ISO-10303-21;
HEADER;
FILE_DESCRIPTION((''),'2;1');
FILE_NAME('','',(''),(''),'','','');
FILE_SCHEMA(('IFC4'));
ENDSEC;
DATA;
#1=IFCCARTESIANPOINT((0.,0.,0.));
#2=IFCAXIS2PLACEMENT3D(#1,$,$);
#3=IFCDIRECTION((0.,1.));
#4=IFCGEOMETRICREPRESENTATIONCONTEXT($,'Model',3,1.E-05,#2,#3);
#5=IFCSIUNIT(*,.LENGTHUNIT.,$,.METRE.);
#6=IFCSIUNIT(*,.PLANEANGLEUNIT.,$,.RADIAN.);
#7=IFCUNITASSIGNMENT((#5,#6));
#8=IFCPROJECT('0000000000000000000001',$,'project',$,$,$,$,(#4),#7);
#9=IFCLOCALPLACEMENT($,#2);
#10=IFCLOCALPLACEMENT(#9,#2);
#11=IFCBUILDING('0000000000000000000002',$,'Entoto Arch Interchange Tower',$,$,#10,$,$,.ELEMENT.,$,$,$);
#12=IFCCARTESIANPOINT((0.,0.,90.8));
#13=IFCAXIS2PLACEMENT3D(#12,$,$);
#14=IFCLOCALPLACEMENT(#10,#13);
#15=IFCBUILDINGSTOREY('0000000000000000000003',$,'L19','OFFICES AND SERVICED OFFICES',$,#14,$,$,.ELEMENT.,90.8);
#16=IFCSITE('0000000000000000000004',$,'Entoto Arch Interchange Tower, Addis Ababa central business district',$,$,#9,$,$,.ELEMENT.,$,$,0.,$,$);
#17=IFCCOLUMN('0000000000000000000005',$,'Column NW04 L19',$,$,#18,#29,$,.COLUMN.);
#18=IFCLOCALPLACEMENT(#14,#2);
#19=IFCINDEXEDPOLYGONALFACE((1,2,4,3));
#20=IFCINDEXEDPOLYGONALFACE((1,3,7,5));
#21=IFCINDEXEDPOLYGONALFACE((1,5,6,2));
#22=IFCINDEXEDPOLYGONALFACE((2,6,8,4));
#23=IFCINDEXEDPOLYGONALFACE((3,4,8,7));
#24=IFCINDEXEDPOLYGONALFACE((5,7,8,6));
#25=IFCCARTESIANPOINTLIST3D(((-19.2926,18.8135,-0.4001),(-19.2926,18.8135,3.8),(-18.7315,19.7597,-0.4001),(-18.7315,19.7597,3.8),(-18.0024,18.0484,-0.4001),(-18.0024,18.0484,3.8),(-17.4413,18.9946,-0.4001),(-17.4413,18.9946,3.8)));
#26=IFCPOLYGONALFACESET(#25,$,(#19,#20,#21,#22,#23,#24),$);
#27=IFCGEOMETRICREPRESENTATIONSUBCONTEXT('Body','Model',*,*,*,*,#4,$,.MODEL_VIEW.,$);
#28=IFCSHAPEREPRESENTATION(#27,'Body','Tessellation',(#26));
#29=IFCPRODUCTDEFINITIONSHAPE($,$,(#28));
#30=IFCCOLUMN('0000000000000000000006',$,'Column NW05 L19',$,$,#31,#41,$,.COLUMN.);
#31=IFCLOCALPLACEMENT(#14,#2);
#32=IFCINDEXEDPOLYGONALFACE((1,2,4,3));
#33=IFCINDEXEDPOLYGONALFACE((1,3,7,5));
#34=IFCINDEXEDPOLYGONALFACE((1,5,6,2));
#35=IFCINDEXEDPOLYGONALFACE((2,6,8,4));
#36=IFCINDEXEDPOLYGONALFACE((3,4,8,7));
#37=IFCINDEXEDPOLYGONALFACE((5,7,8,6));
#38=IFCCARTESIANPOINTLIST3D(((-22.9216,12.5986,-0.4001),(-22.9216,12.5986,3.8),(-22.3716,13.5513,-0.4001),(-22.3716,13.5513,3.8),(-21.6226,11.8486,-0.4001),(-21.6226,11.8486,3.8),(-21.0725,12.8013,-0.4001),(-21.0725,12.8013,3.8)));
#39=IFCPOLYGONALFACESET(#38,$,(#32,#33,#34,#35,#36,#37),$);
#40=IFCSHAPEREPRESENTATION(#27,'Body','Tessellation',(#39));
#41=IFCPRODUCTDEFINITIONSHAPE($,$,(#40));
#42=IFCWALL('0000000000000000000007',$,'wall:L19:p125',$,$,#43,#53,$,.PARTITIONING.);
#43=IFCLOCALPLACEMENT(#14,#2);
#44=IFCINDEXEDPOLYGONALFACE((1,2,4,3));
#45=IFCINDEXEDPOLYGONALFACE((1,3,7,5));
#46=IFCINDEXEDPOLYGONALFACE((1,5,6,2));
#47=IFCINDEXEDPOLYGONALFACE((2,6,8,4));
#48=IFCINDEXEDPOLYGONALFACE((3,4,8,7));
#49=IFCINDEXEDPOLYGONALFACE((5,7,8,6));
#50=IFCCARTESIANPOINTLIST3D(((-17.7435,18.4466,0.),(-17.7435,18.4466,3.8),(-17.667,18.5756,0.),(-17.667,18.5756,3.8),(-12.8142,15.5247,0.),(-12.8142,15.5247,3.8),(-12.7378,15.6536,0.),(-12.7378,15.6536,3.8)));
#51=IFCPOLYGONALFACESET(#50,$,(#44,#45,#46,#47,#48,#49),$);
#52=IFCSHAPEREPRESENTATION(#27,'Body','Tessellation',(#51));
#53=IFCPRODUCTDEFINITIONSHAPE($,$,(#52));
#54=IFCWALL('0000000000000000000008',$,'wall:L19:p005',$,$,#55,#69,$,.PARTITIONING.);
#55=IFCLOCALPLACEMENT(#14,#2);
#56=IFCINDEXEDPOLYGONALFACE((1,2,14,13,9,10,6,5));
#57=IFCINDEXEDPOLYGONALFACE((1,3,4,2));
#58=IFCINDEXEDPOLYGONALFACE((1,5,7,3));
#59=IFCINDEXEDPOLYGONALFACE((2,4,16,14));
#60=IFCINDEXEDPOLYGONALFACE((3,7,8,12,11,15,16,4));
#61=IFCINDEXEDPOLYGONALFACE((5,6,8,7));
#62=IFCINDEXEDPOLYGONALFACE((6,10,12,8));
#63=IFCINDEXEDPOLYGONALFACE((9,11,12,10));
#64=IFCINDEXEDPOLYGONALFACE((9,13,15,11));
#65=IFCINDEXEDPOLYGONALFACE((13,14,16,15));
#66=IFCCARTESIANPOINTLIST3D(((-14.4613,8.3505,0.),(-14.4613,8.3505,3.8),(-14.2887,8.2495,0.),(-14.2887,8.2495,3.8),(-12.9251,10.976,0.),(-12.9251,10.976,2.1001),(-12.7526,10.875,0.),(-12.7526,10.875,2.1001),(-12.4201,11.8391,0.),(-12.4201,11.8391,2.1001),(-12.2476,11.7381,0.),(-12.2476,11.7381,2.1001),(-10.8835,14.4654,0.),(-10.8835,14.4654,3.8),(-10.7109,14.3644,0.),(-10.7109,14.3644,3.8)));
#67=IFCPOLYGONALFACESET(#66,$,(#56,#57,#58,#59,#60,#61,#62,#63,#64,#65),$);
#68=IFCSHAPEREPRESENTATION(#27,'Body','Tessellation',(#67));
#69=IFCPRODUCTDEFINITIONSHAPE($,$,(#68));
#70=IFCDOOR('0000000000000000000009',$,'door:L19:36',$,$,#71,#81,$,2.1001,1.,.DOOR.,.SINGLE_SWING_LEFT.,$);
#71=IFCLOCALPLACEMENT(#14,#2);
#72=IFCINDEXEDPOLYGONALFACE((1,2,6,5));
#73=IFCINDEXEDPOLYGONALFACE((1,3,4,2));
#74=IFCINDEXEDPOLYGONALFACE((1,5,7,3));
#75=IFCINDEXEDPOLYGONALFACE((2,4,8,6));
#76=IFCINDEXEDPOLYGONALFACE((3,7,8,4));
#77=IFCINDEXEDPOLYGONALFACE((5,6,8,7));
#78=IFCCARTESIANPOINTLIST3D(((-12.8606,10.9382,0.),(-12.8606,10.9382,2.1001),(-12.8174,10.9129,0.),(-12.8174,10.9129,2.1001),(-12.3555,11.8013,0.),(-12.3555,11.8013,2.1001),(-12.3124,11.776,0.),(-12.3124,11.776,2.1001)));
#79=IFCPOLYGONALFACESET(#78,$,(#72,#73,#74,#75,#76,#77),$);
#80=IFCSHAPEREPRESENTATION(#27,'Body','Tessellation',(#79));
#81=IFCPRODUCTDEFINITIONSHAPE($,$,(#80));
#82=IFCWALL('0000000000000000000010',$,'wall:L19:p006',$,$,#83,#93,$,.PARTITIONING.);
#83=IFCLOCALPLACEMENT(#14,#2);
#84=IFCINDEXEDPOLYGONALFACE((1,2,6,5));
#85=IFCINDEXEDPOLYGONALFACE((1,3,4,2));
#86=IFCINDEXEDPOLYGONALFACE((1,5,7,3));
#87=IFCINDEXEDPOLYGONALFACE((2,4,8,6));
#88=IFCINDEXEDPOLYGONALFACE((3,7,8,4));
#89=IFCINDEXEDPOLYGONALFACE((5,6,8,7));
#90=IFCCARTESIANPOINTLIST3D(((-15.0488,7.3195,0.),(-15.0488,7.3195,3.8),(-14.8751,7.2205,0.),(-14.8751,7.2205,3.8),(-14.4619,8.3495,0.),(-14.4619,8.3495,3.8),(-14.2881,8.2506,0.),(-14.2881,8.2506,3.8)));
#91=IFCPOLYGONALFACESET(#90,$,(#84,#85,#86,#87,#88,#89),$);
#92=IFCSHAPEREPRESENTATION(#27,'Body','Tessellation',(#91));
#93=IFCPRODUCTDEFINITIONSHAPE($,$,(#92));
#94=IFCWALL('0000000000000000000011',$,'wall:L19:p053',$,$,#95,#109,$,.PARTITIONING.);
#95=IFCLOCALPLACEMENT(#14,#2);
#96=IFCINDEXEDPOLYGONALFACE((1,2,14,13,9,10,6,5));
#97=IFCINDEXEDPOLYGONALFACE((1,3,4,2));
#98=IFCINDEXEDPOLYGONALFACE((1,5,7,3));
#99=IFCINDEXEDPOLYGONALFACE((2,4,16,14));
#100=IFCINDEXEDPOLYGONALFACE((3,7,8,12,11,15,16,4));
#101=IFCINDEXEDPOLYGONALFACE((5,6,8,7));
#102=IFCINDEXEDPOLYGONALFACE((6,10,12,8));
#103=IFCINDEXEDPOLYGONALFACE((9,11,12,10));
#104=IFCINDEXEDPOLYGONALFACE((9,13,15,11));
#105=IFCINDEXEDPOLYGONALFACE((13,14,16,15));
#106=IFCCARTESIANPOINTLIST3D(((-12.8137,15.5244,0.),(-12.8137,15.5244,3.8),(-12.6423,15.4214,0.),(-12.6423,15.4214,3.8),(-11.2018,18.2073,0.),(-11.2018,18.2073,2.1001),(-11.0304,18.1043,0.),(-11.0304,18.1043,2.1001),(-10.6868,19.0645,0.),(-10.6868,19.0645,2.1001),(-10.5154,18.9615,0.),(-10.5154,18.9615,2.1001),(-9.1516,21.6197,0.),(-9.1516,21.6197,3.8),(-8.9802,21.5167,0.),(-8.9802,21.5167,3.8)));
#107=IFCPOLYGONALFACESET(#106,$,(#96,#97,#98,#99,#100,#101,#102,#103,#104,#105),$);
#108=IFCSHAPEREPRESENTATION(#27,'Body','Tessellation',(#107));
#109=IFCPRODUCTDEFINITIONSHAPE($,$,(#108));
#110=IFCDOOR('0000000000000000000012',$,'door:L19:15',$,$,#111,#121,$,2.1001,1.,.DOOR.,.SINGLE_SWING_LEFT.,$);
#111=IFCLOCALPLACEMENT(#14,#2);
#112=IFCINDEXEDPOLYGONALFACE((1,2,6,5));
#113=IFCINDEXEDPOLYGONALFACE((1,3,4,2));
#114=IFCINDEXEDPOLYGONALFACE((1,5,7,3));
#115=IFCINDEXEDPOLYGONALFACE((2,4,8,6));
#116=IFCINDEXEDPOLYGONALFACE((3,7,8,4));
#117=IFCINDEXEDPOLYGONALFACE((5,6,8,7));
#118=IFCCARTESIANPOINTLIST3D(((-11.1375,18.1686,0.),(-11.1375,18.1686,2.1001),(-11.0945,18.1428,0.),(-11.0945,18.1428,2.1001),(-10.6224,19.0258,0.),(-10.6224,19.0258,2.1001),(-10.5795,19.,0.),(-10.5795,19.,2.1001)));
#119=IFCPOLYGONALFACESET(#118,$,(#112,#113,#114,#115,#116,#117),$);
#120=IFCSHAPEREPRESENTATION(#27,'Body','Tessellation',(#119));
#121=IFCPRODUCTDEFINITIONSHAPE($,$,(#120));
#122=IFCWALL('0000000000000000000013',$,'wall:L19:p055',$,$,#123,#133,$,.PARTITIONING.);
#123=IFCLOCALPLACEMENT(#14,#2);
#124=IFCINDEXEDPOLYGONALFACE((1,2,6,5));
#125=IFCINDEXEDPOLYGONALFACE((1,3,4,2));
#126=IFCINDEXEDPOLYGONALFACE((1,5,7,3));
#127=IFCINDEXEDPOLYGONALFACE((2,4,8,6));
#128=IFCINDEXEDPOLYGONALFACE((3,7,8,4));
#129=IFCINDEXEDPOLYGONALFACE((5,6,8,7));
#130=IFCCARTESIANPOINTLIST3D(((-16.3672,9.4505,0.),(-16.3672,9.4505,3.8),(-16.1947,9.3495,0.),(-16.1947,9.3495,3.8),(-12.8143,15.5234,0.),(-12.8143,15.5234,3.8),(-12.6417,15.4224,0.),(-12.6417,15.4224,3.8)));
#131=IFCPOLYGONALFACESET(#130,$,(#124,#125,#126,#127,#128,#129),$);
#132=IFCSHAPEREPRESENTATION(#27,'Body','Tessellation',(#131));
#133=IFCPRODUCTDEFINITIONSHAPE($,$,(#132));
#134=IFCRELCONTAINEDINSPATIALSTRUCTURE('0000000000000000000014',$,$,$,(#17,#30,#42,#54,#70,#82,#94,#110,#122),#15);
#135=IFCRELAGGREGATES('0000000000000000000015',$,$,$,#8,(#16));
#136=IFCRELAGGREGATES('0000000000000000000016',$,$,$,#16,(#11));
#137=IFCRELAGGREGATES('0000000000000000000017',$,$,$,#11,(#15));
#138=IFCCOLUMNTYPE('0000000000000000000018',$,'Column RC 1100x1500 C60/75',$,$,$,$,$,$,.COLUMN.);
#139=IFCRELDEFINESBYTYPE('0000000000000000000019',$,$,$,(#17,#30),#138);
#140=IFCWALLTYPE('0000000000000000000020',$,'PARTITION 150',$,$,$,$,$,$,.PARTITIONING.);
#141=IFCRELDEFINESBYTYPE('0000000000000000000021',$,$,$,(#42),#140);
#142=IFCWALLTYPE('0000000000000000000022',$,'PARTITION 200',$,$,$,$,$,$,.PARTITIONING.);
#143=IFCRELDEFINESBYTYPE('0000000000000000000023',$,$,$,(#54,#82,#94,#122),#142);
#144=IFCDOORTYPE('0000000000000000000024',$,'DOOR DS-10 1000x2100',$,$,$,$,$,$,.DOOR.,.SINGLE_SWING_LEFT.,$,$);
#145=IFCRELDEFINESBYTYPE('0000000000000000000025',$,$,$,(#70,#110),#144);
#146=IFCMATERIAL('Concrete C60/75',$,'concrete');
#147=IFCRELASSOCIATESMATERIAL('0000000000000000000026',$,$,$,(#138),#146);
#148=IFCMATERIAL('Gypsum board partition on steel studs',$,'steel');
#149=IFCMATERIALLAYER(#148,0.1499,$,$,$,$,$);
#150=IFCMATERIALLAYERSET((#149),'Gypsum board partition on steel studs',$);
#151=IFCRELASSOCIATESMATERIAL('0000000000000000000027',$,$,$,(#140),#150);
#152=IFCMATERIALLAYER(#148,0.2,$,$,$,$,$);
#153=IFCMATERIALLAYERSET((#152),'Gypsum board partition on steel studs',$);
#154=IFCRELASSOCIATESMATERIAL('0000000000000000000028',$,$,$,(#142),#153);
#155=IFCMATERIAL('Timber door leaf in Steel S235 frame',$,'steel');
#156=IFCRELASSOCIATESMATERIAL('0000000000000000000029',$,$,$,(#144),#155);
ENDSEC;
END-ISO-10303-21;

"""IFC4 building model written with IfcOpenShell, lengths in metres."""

from ifc_helpers import new_model, si_unit, direction, frame, frame_2d, origin, origin_2d, place, context, subcontext, project, spatial, rectangle, extrude, material, layer, layer_set, material_profile, profile_set, type_object, element, fill, save


model = new_model("IFC4")

# Units and contexts
model_context = context("Model", 3, precision=1e-05, world=origin(), true_north=direction((0.0, 1.0)))
body_context = subcontext(model_context, "Body", "Model", "MODEL_VIEW")
ifc_project = project(units=[si_unit("LENGTHUNIT", "METRE"), si_unit("PLANEANGLEUNIT", "RADIAN")], contexts=[model_context])

# Site, building, storey
site_placement = place(None, origin())
site = spatial("IfcSite", under=ifc_project, at=site_placement, Name="Entoto Arch Interchange Tower, Addis Ababa central business district", CompositionType="ELEMENT", RefElevation=0.0)
building_placement = place(site_placement, origin())
building = spatial("IfcBuilding", under=site, at=building_placement, Name="Entoto Arch Interchange Tower", CompositionType="ELEMENT")
storey_placement = place(building_placement, frame((0.0, 0.0, 90.8)))
storey = spatial("IfcBuildingStorey", under=building, at=storey_placement, Name="L19", Description="OFFICES AND SERVICED OFFICES", CompositionType="ELEMENT", Elevation=90.8)

# Columns
ifc_material_1 = material(Name="Concrete C60/75", Category="concrete")
ifc_material_profile = material_profile(ifc_material_1, rectangle(XDim=1.1001, YDim=1.5, at=origin_2d()))
ifc_profile_set = profile_set([ifc_material_profile], Name="Concrete C60/75")
column_type = type_object("IfcColumnType", Name="Column RC 1100x1500 C60/75", PredefinedType="COLUMN", material=ifc_profile_set)
for number, where, z_axis, x_axis, name in (
    (1, (-18.3669, 18.9041, -0.4001), (0.0, 0.0, 1.0), (0.510093, 0.860119, 0.0), "Column NW04 L19"),
    (2, (-21.9971, 12.7, -0.4001), (0.0, 0.0, 1.0), (0.5, 0.866025, 0.0), "Column NW05 L19"),
):
    element("IfcColumn", number, at=place(storey_placement, frame(where, z_axis=z_axis, x_axis=x_axis)), inside=storey, type_object=column_type, Name=name, PredefinedType="COLUMN", context=body_context, shape_type="SweptSolid", body=[
        extrude(rectangle(XDim=1.1001, YDim=1.5, at=origin_2d()), origin(), (0.0, 0.0, 1.0), 4.2002),
    ])

# Wall
ifc_material_2 = material(Name="Gypsum board partition on steel studs", Category="steel")
ifc_layer_1 = layer(ifc_material_2, 0.1499)
ifc_layer_set_1 = layer_set([ifc_layer_1], Name="Gypsum board partition on steel studs")
wall_type_1 = type_object("IfcWallType", Name="PARTITION 150", PredefinedType="PARTITIONING", material=ifc_layer_set_1)
wall_1_placement = place(storey_placement, frame((-12.7759, 15.5891, 0.0), z_axis=(0.0, 0.0, 1.0), x_axis=(-0.860225, 0.509915, 0.0)))
element("IfcWall", 3, at=wall_1_placement, inside=storey, type_object=wall_type_1, Name="wall:L19:p125", PredefinedType="PARTITIONING", context=body_context, shape_type="SweptSolid", body=[
    extrude(rectangle(XDim=5.7302, YDim=0.1499, at=frame_2d((2.8652, 0.0))), origin(), (0.0, 0.0, 1.0), 3.8),
])

# Wall, opening, door
ifc_layer_2 = layer(ifc_material_2, 0.2)
ifc_layer_set_2 = layer_set([ifc_layer_2], Name="Gypsum board partition on steel studs")
wall_type_2 = type_object("IfcWallType", Name="PARTITION 200", PredefinedType="PARTITIONING", material=ifc_layer_set_2)
wall_2_placement = place(storey_placement, frame((-10.7971, 14.415, 0.0), z_axis=(0.0, 0.0, 1.0), x_axis=(-0.505008, -0.863114, 0.0)))
wall_2 = element("IfcWall", 4, at=wall_2_placement, inside=storey, type_object=wall_type_2, Name="wall:L19:p005", PredefinedType="PARTITIONING", context=body_context, shape_type="SweptSolid", body=[
    extrude(rectangle(XDim=7.0847, YDim=0.2, at=frame_2d((3.5425, 0.0))), origin(), (0.0, 0.0, 1.0), 3.8),
])
opening_1_placement = place(wall_2_placement, frame((3.043, 0.0, 0.0)))
opening_1 = element("IfcOpeningElement", 5, at=opening_1_placement, cuts=wall_2, PredefinedType="OPENING", context=body_context, shape_type="SweptSolid", body=[
    extrude(rectangle(XDim=1.0, YDim=2.1001, at=frame_2d((0.5, 1.05))), frame((0.0, 0.1099, 0.0), z_axis=(0.0, -1.0, 0.0), x_axis=(1.0, 0.0, 0.0)), (0.0, 0.0, 1.0), 0.22),
])
ifc_material_3 = material(Name="Timber door leaf in Steel S235 frame", Category="steel")
door_type = type_object("IfcDoorType", Name="DOOR DS-10 1000x2100", OperationType="SINGLE_SWING_LEFT", PredefinedType="DOOR", material=ifc_material_3)
door_1_placement = place(opening_1_placement, origin())
door_1 = element("IfcDoor", 6, at=door_1_placement, inside=storey, type_object=door_type, Name="door:L19:36", OperationType="SINGLE_SWING_LEFT", OverallHeight=2.1001, OverallWidth=1.0, PredefinedType="DOOR", context=body_context, shape_type="SweptSolid", body=[
    extrude(rectangle(XDim=1.0, YDim=2.1001, at=frame_2d((0.5, 1.05))), frame((0.0, 0.0249, 0.0), z_axis=(0.0, -1.0, 0.0), x_axis=(1.0, 0.0, 0.0)), (0.0, 0.0, 1.0), 0.05),
])
fill(opening_1, door_1)

# Wall
wall_3_placement = place(storey_placement, frame((-14.375, 8.3, 0.0), z_axis=(0.0, 0.0, 1.0), x_axis=(-0.495074, -0.868851, 0.0)))
element("IfcWall", 7, at=wall_3_placement, inside=storey, type_object=wall_type_2, Name="wall:L19:p006", PredefinedType="PARTITIONING", context=body_context, shape_type="SweptSolid", body=[
    extrude(rectangle(XDim=1.1855, YDim=0.2, at=frame_2d((0.5928, 0.0))), origin(), (0.0, 0.0, 1.0), 3.8),
])

# Wall, opening, door
wall_4_placement = place(storey_placement, frame((-12.728, 15.4729, 0.0), z_axis=(0.0, 0.0, 1.0), x_axis=(0.515011, 0.857184, 0.0)))
wall_4 = element("IfcWall", 8, at=wall_4_placement, inside=storey, type_object=wall_type_2, Name="wall:L19:p053", PredefinedType="PARTITIONING", context=body_context, shape_type="SweptSolid", body=[
    extrude(rectangle(XDim=7.1108, YDim=0.2, at=frame_2d((3.5554, 0.0))), origin(), (0.0, 0.0, 1.0), 3.8),
])
opening_2_placement = place(wall_4_placement, frame((3.1299, 0.0, 0.0)))
opening_2 = element("IfcOpeningElement", 9, at=opening_2_placement, cuts=wall_4, PredefinedType="OPENING", context=body_context, shape_type="SweptSolid", body=[
    extrude(rectangle(XDim=1.0, YDim=2.1001, at=frame_2d((0.5, 1.05))), frame((0.0, 0.1099, 0.0), z_axis=(0.0, -1.0, 0.0), x_axis=(1.0, 0.0, 0.0)), (0.0, 0.0, 1.0), 0.22),
])
door_2_placement = place(opening_2_placement, origin())
door_2 = element("IfcDoor", 10, at=door_2_placement, inside=storey, type_object=door_type, Name="door:L19:15", OperationType="SINGLE_SWING_LEFT", OverallHeight=2.1001, OverallWidth=1.0, PredefinedType="DOOR", context=body_context, shape_type="SweptSolid", body=[
    extrude(rectangle(XDim=1.0, YDim=2.1001, at=frame_2d((0.5, 1.05))), frame((0.0, 0.0249, 0.0), z_axis=(0.0, -1.0, 0.0), x_axis=(1.0, 0.0, 0.0)), (0.0, 0.0, 1.0), 0.05),
])
fill(opening_2, door_2)

# Wall
wall_5_placement = place(storey_placement, frame((-16.281, 9.3999, 0.0), z_axis=(0.0, 0.0, 1.0), x_axis=(0.504973, 0.863135, 0.0)))
element("IfcWall", 11, at=wall_5_placement, inside=storey, type_object=wall_type_2, Name="wall:L19:p055", PredefinedType="PARTITIONING", context=body_context, shape_type="SweptSolid", body=[
    extrude(rectangle(XDim=7.0359, YDim=0.2, at=frame_2d((3.5181, 0.0))), origin(), (0.0, 0.0, 1.0), 3.8),
])

save(model, "model.ifc")
